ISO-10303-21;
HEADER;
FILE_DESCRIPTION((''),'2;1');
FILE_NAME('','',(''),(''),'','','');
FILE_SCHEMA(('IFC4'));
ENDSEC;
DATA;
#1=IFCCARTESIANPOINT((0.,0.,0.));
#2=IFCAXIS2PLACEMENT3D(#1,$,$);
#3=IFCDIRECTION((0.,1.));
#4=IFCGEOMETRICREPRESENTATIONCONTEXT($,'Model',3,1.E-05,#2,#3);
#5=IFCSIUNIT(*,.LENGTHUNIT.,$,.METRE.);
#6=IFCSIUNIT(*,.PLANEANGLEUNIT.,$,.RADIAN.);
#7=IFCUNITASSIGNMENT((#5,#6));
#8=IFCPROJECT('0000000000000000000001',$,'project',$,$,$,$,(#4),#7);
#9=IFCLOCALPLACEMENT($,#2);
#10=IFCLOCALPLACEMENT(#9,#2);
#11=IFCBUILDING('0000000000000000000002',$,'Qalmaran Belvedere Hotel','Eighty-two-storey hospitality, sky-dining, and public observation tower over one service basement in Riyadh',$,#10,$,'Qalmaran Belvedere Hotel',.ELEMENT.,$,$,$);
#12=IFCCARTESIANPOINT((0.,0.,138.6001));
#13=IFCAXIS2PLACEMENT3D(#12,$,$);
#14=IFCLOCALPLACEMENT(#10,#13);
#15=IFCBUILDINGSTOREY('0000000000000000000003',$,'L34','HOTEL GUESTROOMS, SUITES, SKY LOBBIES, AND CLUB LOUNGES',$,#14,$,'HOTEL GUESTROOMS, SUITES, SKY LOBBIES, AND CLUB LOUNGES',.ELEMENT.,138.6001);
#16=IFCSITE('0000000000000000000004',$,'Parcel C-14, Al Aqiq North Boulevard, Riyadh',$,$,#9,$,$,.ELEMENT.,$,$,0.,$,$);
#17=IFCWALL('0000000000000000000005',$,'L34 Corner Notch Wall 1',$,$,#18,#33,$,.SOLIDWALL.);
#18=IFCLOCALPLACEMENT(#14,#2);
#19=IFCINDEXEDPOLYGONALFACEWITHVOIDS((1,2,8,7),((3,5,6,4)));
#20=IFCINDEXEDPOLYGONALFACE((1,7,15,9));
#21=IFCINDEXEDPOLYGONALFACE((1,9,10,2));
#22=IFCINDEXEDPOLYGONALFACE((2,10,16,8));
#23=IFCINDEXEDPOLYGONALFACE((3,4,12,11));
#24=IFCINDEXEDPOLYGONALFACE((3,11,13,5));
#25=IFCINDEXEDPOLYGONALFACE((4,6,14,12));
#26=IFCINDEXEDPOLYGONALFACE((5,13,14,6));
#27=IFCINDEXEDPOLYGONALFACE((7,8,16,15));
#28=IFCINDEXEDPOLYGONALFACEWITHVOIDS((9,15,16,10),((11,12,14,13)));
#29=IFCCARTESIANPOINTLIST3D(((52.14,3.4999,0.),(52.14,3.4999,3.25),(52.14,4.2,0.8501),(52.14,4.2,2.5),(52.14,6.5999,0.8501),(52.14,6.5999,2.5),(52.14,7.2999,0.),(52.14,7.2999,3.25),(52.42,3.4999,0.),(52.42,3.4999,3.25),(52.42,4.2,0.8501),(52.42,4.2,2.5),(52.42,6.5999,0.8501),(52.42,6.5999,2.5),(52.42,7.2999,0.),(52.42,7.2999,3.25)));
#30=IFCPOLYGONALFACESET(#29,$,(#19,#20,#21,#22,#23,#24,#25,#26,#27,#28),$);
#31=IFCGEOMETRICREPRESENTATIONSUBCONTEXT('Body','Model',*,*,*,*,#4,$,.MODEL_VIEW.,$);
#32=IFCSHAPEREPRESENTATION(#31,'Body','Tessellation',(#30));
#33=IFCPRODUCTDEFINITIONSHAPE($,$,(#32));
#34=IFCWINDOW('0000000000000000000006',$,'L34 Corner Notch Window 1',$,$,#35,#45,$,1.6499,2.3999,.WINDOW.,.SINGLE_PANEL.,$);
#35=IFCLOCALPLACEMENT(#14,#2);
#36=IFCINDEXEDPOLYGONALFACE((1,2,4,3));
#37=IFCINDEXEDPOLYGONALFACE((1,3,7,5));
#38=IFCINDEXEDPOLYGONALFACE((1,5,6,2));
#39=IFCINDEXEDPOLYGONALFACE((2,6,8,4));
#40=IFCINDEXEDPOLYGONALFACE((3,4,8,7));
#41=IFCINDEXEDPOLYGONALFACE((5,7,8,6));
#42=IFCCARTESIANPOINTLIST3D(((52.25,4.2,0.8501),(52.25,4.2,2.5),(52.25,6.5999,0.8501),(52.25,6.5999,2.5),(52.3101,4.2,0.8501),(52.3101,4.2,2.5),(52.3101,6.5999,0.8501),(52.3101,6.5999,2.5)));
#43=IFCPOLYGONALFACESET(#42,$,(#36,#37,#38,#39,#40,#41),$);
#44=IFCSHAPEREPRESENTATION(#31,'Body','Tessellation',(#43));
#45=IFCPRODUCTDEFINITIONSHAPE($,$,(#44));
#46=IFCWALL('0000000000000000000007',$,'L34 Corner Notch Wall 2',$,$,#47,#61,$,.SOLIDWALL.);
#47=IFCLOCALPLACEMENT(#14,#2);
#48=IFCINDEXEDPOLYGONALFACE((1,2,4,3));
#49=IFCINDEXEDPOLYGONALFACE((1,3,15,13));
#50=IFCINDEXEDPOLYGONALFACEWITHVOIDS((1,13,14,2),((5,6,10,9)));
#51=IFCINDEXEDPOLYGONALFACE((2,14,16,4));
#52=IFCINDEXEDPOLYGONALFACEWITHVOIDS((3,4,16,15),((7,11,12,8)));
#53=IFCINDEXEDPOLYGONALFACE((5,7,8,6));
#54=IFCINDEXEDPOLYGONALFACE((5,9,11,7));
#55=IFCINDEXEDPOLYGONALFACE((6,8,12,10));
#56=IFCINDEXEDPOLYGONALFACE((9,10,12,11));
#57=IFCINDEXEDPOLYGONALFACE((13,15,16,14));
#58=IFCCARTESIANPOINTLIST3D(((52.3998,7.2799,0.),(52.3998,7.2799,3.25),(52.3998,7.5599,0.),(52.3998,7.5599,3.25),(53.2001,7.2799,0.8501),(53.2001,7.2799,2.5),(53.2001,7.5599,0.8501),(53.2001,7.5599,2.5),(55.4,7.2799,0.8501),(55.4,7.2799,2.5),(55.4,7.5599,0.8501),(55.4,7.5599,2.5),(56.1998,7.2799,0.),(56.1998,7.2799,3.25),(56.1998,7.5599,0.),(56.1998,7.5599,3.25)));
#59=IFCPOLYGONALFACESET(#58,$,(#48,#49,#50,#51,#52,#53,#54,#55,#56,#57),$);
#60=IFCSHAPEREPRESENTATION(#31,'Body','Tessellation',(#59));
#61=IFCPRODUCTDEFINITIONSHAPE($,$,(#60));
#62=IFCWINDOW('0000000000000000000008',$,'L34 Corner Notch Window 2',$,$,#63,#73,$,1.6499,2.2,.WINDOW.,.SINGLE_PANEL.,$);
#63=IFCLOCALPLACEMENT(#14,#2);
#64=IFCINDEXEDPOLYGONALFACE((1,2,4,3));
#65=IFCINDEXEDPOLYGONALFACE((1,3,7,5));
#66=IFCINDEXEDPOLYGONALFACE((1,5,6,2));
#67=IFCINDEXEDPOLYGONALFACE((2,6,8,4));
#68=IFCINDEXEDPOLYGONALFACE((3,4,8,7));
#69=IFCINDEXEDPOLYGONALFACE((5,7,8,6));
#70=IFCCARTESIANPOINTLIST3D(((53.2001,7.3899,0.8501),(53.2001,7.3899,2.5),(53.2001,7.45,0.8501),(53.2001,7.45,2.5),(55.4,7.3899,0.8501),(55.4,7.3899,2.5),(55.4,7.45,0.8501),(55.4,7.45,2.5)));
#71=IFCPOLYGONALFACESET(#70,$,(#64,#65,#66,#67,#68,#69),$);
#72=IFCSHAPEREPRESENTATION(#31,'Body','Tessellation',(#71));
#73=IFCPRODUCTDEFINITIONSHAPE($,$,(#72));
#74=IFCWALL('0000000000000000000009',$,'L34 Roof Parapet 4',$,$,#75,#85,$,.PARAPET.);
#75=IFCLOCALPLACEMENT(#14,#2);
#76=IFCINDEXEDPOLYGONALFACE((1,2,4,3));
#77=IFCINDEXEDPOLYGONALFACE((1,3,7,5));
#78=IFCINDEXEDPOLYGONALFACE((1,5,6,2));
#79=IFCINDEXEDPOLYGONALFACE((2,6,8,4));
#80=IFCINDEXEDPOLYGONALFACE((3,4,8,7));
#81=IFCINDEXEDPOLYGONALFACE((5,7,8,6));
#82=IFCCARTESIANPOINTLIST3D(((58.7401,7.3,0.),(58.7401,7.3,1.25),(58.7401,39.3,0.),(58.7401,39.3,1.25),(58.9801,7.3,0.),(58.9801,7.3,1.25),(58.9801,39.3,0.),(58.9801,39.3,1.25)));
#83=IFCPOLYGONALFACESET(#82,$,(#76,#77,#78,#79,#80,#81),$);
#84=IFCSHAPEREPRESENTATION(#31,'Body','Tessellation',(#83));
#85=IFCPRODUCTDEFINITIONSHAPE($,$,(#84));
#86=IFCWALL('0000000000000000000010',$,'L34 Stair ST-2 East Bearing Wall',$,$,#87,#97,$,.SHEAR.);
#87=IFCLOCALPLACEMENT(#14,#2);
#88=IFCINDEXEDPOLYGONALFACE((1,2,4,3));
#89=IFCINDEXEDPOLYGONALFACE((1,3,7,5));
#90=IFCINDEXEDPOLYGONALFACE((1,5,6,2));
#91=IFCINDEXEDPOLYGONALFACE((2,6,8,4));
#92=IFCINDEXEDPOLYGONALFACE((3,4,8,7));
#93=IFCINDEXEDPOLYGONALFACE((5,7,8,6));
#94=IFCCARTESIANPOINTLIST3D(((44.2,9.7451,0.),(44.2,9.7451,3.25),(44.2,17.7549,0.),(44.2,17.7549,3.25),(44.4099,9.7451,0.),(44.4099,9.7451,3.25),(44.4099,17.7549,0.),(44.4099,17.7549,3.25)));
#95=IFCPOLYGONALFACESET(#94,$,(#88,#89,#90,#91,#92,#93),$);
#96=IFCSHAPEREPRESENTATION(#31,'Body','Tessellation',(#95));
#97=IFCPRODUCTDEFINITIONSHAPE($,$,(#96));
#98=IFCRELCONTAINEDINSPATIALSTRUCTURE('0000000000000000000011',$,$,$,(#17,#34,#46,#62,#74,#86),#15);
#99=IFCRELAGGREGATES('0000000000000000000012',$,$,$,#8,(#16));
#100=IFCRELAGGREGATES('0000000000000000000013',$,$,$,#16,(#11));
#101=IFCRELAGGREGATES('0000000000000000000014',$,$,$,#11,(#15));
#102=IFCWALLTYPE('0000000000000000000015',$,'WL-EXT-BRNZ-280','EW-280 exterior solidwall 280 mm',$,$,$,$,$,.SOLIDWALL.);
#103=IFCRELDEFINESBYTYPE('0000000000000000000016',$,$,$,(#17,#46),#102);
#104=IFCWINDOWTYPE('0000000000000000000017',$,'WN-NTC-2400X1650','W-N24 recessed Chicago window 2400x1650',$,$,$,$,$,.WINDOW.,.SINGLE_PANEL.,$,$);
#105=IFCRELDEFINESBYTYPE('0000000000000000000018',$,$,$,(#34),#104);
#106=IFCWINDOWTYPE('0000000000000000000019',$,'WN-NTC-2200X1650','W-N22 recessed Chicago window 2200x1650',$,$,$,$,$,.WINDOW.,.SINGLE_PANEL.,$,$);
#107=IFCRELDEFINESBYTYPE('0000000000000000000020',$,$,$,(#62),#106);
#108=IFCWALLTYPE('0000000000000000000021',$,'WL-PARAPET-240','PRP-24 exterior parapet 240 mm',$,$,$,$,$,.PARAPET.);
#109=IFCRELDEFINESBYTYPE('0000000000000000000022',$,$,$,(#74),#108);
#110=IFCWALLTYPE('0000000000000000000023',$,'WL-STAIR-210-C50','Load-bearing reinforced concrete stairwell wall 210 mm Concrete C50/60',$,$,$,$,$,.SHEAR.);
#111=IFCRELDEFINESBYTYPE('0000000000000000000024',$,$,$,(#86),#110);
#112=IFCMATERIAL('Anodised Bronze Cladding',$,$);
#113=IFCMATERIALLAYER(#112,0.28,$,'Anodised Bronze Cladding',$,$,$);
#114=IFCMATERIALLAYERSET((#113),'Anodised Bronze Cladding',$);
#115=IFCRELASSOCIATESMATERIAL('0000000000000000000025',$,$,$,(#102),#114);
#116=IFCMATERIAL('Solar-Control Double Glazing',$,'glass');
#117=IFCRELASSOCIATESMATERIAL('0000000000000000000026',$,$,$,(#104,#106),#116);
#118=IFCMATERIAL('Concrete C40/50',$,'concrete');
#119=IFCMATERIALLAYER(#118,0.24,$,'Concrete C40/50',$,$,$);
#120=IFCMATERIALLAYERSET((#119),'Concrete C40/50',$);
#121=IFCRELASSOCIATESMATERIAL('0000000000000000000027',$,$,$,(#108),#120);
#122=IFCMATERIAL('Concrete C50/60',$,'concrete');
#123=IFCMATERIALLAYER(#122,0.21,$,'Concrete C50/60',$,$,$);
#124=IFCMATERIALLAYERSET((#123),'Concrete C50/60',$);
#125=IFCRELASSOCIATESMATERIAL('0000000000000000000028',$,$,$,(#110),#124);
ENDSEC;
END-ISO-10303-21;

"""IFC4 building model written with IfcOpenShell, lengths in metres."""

from ifc_helpers import new_model, si_unit, direction, frame, frame_2d, origin, place, context, subcontext, project, spatial, rectangle, extrude, material, layer, layer_set, type_object, element, fill, save


model = new_model("IFC4")

# Units and contexts
model_context = context("Model", 3, precision=1e-05, world=origin(), true_north=direction((0.0, 1.0)))
body_context = subcontext(model_context, "Body", "Model", "MODEL_VIEW")
ifc_project = project(units=[si_unit("LENGTHUNIT", "METRE"), si_unit("PLANEANGLEUNIT", "RADIAN")], contexts=[model_context])

# Site, building, storey
site_placement = place(None, origin())
site = spatial("IfcSite", under=ifc_project, at=site_placement, Name="Parcel C-14, Al Aqiq North Boulevard, Riyadh", CompositionType="ELEMENT", RefElevation=0.0)
building_placement = place(site_placement, origin())
building = spatial("IfcBuilding", under=site, at=building_placement, Name="Qalmaran Belvedere Hotel", Description="Eighty-two-storey hospitality, sky-dining, and public observation tower over one service basement in Riyadh", LongName="Qalmaran Belvedere Hotel", CompositionType="ELEMENT")
storey_placement = place(building_placement, frame((0.0, 0.0, 138.6001)))
storey = spatial("IfcBuildingStorey", under=building, at=storey_placement, Name="L34", Description="HOTEL GUESTROOMS, SUITES, SKY LOBBIES, AND CLUB LOUNGES", LongName="HOTEL GUESTROOMS, SUITES, SKY LOBBIES, AND CLUB LOUNGES", CompositionType="ELEMENT", Elevation=138.6001)

# Shared definitions
ifc_material_1 = material(Name="Concrete C50/60", Category="concrete")

# Shared definitions
ifc_material_2 = material(Name="Solar-Control Double Glazing", Category="glass")

# Walls, openings, windows
ifc_material_3 = material(Name="Anodised Bronze Cladding")
ifc_layer_1 = layer(ifc_material_3, 0.28, Name="Anodised Bronze Cladding")
ifc_layer_set_1 = layer_set([ifc_layer_1], Name="Anodised Bronze Cladding")
wall_type_1 = type_object("IfcWallType", Name="WL-EXT-BRNZ-280", Description="EW-280 exterior solidwall 280 mm", PredefinedType="SOLIDWALL", material=ifc_layer_set_1)
wall_1_placement = place(storey_placement, frame((52.28, 3.5, 0.0), z_axis=(0.0, 0.0, 1.0), x_axis=(0.0, 1.0, 0.0)))
wall_1 = element("IfcWall", 1, at=wall_1_placement, inside=storey, type_object=wall_type_1, Name="L34 Corner Notch Wall 1", PredefinedType="SOLIDWALL", context=body_context, shape_type="SweptSolid", body=[
    extrude(rectangle(XDim=3.8, YDim=0.28, at=frame_2d((1.8999, 0.0))), origin(), (0.0, 0.0, 1.0), 3.25),
])
opening_1_placement = place(wall_1_placement, frame((0.7, 0.0, 0.8501)))
opening_1 = element("IfcOpeningElement", 2, at=opening_1_placement, cuts=wall_1, PredefinedType="OPENING", context=body_context, shape_type="SweptSolid", body=[
    extrude(rectangle(XDim=2.3999, YDim=1.6499, at=frame_2d((1.2, 0.825))), frame((0.0, 0.1499, 0.0), z_axis=(0.0, -1.0, 0.0), x_axis=(1.0, 0.0, 0.0)), (0.0, 0.0, 1.0), 0.3),
])
window_type_1 = type_object("IfcWindowType", Name="WN-NTC-2400X1650", Description="W-N24 recessed Chicago window 2400x1650", PartitioningType="SINGLE_PANEL", PredefinedType="WINDOW", material=ifc_material_2)
window_1_placement = place(opening_1_placement, origin())
window_1 = element("IfcWindow", 3, at=window_1_placement, inside=storey, type_object=window_type_1, Name="L34 Corner Notch Window 1", OverallHeight=1.6499, OverallWidth=2.3999, PartitioningType="SINGLE_PANEL", PredefinedType="WINDOW", context=body_context, shape_type="SweptSolid", body=[
    extrude(rectangle(XDim=2.3999, YDim=1.6499, at=frame_2d((1.2, 0.825))), frame((0.0, 0.03, 0.0), z_axis=(0.0, -1.0, 0.0), x_axis=(1.0, 0.0, 0.0)), (0.0, 0.0, 1.0), 0.0601),
])
fill(opening_1, window_1)
wall_2_placement = place(storey_placement, frame((52.3999, 7.4199, 0.0), z_axis=(0.0, 0.0, 1.0), x_axis=(1.0, 0.0, 0.0)))
wall_2 = element("IfcWall", 4, at=wall_2_placement, inside=storey, type_object=wall_type_1, Name="L34 Corner Notch Wall 2", PredefinedType="SOLIDWALL", context=body_context, shape_type="SweptSolid", body=[
    extrude(rectangle(XDim=3.8, YDim=0.28, at=frame_2d((1.8999, 0.0))), origin(), (0.0, 0.0, 1.0), 3.25),
])
opening_2_placement = place(wall_2_placement, frame((0.8, 0.0, 0.8501)))
opening_2 = element("IfcOpeningElement", 5, at=opening_2_placement, cuts=wall_2, PredefinedType="OPENING", context=body_context, shape_type="SweptSolid", body=[
    extrude(rectangle(XDim=2.2, YDim=1.6499, at=frame_2d((1.1001, 0.825))), frame((0.0, 0.1499, 0.0), z_axis=(0.0, -1.0, 0.0), x_axis=(1.0, 0.0, 0.0)), (0.0, 0.0, 1.0), 0.3),
])
window_type_2 = type_object("IfcWindowType", Name="WN-NTC-2200X1650", Description="W-N22 recessed Chicago window 2200x1650", PartitioningType="SINGLE_PANEL", PredefinedType="WINDOW", material=ifc_material_2)
window_2_placement = place(opening_2_placement, origin())
window_2 = element("IfcWindow", 6, at=window_2_placement, inside=storey, type_object=window_type_2, Name="L34 Corner Notch Window 2", OverallHeight=1.6499, OverallWidth=2.2, PartitioningType="SINGLE_PANEL", PredefinedType="WINDOW", context=body_context, shape_type="SweptSolid", body=[
    extrude(rectangle(XDim=2.2, YDim=1.6499, at=frame_2d((1.1001, 0.825))), frame((0.0, 0.03, 0.0), z_axis=(0.0, -1.0, 0.0), x_axis=(1.0, 0.0, 0.0)), (0.0, 0.0, 1.0), 0.0601),
])
fill(opening_2, window_2)

# Walls
ifc_material_4 = material(Name="Concrete C40/50", Category="concrete")
ifc_layer_2 = layer(ifc_material_4, 0.24, Name="Concrete C40/50")
ifc_layer_set_2 = layer_set([ifc_layer_2], Name="Concrete C40/50")
wall_type_2 = type_object("IfcWallType", Name="WL-PARAPET-240", Description="PRP-24 exterior parapet 240 mm", PredefinedType="PARAPET", material=ifc_layer_set_2)
wall_3_placement = place(storey_placement, frame((58.8601, 7.3, 0.0), z_axis=(0.0, 0.0, 1.0), x_axis=(0.0, 1.0, 0.0)))
element("IfcWall", 7, at=wall_3_placement, inside=storey, type_object=wall_type_2, Name="L34 Roof Parapet 4", PredefinedType="PARAPET", context=body_context, shape_type="SweptSolid", body=[
    extrude(rectangle(XDim=32.0, YDim=0.24, at=frame_2d((16.0, 0.0))), origin(), (0.0, 0.0, 1.0), 1.25),
])
ifc_layer_3 = layer(ifc_material_1, 0.21, Name="Concrete C50/60")
ifc_layer_set_3 = layer_set([ifc_layer_3], Name="Concrete C50/60")
wall_type_3 = type_object("IfcWallType", Name="WL-STAIR-210-C50", Description="Load-bearing reinforced concrete stairwell wall 210 mm Concrete C50/60", PredefinedType="SHEAR", material=ifc_layer_set_3)
wall_4_placement = place(storey_placement, frame((44.3049, 9.7451, 0.0), z_axis=(0.0, 0.0, 1.0), x_axis=(0.0, 1.0, 0.0)))
element("IfcWall", 8, at=wall_4_placement, inside=storey, type_object=wall_type_3, Name="L34 Stair ST-2 East Bearing Wall", PredefinedType="SHEAR", context=body_context, shape_type="SweptSolid", body=[
    extrude(rectangle(XDim=8.0098, YDim=0.21, at=frame_2d((4.0049, 0.0))), origin(), (0.0, 0.0, 1.0), 3.25),
])

save(model, "model.ifc")
